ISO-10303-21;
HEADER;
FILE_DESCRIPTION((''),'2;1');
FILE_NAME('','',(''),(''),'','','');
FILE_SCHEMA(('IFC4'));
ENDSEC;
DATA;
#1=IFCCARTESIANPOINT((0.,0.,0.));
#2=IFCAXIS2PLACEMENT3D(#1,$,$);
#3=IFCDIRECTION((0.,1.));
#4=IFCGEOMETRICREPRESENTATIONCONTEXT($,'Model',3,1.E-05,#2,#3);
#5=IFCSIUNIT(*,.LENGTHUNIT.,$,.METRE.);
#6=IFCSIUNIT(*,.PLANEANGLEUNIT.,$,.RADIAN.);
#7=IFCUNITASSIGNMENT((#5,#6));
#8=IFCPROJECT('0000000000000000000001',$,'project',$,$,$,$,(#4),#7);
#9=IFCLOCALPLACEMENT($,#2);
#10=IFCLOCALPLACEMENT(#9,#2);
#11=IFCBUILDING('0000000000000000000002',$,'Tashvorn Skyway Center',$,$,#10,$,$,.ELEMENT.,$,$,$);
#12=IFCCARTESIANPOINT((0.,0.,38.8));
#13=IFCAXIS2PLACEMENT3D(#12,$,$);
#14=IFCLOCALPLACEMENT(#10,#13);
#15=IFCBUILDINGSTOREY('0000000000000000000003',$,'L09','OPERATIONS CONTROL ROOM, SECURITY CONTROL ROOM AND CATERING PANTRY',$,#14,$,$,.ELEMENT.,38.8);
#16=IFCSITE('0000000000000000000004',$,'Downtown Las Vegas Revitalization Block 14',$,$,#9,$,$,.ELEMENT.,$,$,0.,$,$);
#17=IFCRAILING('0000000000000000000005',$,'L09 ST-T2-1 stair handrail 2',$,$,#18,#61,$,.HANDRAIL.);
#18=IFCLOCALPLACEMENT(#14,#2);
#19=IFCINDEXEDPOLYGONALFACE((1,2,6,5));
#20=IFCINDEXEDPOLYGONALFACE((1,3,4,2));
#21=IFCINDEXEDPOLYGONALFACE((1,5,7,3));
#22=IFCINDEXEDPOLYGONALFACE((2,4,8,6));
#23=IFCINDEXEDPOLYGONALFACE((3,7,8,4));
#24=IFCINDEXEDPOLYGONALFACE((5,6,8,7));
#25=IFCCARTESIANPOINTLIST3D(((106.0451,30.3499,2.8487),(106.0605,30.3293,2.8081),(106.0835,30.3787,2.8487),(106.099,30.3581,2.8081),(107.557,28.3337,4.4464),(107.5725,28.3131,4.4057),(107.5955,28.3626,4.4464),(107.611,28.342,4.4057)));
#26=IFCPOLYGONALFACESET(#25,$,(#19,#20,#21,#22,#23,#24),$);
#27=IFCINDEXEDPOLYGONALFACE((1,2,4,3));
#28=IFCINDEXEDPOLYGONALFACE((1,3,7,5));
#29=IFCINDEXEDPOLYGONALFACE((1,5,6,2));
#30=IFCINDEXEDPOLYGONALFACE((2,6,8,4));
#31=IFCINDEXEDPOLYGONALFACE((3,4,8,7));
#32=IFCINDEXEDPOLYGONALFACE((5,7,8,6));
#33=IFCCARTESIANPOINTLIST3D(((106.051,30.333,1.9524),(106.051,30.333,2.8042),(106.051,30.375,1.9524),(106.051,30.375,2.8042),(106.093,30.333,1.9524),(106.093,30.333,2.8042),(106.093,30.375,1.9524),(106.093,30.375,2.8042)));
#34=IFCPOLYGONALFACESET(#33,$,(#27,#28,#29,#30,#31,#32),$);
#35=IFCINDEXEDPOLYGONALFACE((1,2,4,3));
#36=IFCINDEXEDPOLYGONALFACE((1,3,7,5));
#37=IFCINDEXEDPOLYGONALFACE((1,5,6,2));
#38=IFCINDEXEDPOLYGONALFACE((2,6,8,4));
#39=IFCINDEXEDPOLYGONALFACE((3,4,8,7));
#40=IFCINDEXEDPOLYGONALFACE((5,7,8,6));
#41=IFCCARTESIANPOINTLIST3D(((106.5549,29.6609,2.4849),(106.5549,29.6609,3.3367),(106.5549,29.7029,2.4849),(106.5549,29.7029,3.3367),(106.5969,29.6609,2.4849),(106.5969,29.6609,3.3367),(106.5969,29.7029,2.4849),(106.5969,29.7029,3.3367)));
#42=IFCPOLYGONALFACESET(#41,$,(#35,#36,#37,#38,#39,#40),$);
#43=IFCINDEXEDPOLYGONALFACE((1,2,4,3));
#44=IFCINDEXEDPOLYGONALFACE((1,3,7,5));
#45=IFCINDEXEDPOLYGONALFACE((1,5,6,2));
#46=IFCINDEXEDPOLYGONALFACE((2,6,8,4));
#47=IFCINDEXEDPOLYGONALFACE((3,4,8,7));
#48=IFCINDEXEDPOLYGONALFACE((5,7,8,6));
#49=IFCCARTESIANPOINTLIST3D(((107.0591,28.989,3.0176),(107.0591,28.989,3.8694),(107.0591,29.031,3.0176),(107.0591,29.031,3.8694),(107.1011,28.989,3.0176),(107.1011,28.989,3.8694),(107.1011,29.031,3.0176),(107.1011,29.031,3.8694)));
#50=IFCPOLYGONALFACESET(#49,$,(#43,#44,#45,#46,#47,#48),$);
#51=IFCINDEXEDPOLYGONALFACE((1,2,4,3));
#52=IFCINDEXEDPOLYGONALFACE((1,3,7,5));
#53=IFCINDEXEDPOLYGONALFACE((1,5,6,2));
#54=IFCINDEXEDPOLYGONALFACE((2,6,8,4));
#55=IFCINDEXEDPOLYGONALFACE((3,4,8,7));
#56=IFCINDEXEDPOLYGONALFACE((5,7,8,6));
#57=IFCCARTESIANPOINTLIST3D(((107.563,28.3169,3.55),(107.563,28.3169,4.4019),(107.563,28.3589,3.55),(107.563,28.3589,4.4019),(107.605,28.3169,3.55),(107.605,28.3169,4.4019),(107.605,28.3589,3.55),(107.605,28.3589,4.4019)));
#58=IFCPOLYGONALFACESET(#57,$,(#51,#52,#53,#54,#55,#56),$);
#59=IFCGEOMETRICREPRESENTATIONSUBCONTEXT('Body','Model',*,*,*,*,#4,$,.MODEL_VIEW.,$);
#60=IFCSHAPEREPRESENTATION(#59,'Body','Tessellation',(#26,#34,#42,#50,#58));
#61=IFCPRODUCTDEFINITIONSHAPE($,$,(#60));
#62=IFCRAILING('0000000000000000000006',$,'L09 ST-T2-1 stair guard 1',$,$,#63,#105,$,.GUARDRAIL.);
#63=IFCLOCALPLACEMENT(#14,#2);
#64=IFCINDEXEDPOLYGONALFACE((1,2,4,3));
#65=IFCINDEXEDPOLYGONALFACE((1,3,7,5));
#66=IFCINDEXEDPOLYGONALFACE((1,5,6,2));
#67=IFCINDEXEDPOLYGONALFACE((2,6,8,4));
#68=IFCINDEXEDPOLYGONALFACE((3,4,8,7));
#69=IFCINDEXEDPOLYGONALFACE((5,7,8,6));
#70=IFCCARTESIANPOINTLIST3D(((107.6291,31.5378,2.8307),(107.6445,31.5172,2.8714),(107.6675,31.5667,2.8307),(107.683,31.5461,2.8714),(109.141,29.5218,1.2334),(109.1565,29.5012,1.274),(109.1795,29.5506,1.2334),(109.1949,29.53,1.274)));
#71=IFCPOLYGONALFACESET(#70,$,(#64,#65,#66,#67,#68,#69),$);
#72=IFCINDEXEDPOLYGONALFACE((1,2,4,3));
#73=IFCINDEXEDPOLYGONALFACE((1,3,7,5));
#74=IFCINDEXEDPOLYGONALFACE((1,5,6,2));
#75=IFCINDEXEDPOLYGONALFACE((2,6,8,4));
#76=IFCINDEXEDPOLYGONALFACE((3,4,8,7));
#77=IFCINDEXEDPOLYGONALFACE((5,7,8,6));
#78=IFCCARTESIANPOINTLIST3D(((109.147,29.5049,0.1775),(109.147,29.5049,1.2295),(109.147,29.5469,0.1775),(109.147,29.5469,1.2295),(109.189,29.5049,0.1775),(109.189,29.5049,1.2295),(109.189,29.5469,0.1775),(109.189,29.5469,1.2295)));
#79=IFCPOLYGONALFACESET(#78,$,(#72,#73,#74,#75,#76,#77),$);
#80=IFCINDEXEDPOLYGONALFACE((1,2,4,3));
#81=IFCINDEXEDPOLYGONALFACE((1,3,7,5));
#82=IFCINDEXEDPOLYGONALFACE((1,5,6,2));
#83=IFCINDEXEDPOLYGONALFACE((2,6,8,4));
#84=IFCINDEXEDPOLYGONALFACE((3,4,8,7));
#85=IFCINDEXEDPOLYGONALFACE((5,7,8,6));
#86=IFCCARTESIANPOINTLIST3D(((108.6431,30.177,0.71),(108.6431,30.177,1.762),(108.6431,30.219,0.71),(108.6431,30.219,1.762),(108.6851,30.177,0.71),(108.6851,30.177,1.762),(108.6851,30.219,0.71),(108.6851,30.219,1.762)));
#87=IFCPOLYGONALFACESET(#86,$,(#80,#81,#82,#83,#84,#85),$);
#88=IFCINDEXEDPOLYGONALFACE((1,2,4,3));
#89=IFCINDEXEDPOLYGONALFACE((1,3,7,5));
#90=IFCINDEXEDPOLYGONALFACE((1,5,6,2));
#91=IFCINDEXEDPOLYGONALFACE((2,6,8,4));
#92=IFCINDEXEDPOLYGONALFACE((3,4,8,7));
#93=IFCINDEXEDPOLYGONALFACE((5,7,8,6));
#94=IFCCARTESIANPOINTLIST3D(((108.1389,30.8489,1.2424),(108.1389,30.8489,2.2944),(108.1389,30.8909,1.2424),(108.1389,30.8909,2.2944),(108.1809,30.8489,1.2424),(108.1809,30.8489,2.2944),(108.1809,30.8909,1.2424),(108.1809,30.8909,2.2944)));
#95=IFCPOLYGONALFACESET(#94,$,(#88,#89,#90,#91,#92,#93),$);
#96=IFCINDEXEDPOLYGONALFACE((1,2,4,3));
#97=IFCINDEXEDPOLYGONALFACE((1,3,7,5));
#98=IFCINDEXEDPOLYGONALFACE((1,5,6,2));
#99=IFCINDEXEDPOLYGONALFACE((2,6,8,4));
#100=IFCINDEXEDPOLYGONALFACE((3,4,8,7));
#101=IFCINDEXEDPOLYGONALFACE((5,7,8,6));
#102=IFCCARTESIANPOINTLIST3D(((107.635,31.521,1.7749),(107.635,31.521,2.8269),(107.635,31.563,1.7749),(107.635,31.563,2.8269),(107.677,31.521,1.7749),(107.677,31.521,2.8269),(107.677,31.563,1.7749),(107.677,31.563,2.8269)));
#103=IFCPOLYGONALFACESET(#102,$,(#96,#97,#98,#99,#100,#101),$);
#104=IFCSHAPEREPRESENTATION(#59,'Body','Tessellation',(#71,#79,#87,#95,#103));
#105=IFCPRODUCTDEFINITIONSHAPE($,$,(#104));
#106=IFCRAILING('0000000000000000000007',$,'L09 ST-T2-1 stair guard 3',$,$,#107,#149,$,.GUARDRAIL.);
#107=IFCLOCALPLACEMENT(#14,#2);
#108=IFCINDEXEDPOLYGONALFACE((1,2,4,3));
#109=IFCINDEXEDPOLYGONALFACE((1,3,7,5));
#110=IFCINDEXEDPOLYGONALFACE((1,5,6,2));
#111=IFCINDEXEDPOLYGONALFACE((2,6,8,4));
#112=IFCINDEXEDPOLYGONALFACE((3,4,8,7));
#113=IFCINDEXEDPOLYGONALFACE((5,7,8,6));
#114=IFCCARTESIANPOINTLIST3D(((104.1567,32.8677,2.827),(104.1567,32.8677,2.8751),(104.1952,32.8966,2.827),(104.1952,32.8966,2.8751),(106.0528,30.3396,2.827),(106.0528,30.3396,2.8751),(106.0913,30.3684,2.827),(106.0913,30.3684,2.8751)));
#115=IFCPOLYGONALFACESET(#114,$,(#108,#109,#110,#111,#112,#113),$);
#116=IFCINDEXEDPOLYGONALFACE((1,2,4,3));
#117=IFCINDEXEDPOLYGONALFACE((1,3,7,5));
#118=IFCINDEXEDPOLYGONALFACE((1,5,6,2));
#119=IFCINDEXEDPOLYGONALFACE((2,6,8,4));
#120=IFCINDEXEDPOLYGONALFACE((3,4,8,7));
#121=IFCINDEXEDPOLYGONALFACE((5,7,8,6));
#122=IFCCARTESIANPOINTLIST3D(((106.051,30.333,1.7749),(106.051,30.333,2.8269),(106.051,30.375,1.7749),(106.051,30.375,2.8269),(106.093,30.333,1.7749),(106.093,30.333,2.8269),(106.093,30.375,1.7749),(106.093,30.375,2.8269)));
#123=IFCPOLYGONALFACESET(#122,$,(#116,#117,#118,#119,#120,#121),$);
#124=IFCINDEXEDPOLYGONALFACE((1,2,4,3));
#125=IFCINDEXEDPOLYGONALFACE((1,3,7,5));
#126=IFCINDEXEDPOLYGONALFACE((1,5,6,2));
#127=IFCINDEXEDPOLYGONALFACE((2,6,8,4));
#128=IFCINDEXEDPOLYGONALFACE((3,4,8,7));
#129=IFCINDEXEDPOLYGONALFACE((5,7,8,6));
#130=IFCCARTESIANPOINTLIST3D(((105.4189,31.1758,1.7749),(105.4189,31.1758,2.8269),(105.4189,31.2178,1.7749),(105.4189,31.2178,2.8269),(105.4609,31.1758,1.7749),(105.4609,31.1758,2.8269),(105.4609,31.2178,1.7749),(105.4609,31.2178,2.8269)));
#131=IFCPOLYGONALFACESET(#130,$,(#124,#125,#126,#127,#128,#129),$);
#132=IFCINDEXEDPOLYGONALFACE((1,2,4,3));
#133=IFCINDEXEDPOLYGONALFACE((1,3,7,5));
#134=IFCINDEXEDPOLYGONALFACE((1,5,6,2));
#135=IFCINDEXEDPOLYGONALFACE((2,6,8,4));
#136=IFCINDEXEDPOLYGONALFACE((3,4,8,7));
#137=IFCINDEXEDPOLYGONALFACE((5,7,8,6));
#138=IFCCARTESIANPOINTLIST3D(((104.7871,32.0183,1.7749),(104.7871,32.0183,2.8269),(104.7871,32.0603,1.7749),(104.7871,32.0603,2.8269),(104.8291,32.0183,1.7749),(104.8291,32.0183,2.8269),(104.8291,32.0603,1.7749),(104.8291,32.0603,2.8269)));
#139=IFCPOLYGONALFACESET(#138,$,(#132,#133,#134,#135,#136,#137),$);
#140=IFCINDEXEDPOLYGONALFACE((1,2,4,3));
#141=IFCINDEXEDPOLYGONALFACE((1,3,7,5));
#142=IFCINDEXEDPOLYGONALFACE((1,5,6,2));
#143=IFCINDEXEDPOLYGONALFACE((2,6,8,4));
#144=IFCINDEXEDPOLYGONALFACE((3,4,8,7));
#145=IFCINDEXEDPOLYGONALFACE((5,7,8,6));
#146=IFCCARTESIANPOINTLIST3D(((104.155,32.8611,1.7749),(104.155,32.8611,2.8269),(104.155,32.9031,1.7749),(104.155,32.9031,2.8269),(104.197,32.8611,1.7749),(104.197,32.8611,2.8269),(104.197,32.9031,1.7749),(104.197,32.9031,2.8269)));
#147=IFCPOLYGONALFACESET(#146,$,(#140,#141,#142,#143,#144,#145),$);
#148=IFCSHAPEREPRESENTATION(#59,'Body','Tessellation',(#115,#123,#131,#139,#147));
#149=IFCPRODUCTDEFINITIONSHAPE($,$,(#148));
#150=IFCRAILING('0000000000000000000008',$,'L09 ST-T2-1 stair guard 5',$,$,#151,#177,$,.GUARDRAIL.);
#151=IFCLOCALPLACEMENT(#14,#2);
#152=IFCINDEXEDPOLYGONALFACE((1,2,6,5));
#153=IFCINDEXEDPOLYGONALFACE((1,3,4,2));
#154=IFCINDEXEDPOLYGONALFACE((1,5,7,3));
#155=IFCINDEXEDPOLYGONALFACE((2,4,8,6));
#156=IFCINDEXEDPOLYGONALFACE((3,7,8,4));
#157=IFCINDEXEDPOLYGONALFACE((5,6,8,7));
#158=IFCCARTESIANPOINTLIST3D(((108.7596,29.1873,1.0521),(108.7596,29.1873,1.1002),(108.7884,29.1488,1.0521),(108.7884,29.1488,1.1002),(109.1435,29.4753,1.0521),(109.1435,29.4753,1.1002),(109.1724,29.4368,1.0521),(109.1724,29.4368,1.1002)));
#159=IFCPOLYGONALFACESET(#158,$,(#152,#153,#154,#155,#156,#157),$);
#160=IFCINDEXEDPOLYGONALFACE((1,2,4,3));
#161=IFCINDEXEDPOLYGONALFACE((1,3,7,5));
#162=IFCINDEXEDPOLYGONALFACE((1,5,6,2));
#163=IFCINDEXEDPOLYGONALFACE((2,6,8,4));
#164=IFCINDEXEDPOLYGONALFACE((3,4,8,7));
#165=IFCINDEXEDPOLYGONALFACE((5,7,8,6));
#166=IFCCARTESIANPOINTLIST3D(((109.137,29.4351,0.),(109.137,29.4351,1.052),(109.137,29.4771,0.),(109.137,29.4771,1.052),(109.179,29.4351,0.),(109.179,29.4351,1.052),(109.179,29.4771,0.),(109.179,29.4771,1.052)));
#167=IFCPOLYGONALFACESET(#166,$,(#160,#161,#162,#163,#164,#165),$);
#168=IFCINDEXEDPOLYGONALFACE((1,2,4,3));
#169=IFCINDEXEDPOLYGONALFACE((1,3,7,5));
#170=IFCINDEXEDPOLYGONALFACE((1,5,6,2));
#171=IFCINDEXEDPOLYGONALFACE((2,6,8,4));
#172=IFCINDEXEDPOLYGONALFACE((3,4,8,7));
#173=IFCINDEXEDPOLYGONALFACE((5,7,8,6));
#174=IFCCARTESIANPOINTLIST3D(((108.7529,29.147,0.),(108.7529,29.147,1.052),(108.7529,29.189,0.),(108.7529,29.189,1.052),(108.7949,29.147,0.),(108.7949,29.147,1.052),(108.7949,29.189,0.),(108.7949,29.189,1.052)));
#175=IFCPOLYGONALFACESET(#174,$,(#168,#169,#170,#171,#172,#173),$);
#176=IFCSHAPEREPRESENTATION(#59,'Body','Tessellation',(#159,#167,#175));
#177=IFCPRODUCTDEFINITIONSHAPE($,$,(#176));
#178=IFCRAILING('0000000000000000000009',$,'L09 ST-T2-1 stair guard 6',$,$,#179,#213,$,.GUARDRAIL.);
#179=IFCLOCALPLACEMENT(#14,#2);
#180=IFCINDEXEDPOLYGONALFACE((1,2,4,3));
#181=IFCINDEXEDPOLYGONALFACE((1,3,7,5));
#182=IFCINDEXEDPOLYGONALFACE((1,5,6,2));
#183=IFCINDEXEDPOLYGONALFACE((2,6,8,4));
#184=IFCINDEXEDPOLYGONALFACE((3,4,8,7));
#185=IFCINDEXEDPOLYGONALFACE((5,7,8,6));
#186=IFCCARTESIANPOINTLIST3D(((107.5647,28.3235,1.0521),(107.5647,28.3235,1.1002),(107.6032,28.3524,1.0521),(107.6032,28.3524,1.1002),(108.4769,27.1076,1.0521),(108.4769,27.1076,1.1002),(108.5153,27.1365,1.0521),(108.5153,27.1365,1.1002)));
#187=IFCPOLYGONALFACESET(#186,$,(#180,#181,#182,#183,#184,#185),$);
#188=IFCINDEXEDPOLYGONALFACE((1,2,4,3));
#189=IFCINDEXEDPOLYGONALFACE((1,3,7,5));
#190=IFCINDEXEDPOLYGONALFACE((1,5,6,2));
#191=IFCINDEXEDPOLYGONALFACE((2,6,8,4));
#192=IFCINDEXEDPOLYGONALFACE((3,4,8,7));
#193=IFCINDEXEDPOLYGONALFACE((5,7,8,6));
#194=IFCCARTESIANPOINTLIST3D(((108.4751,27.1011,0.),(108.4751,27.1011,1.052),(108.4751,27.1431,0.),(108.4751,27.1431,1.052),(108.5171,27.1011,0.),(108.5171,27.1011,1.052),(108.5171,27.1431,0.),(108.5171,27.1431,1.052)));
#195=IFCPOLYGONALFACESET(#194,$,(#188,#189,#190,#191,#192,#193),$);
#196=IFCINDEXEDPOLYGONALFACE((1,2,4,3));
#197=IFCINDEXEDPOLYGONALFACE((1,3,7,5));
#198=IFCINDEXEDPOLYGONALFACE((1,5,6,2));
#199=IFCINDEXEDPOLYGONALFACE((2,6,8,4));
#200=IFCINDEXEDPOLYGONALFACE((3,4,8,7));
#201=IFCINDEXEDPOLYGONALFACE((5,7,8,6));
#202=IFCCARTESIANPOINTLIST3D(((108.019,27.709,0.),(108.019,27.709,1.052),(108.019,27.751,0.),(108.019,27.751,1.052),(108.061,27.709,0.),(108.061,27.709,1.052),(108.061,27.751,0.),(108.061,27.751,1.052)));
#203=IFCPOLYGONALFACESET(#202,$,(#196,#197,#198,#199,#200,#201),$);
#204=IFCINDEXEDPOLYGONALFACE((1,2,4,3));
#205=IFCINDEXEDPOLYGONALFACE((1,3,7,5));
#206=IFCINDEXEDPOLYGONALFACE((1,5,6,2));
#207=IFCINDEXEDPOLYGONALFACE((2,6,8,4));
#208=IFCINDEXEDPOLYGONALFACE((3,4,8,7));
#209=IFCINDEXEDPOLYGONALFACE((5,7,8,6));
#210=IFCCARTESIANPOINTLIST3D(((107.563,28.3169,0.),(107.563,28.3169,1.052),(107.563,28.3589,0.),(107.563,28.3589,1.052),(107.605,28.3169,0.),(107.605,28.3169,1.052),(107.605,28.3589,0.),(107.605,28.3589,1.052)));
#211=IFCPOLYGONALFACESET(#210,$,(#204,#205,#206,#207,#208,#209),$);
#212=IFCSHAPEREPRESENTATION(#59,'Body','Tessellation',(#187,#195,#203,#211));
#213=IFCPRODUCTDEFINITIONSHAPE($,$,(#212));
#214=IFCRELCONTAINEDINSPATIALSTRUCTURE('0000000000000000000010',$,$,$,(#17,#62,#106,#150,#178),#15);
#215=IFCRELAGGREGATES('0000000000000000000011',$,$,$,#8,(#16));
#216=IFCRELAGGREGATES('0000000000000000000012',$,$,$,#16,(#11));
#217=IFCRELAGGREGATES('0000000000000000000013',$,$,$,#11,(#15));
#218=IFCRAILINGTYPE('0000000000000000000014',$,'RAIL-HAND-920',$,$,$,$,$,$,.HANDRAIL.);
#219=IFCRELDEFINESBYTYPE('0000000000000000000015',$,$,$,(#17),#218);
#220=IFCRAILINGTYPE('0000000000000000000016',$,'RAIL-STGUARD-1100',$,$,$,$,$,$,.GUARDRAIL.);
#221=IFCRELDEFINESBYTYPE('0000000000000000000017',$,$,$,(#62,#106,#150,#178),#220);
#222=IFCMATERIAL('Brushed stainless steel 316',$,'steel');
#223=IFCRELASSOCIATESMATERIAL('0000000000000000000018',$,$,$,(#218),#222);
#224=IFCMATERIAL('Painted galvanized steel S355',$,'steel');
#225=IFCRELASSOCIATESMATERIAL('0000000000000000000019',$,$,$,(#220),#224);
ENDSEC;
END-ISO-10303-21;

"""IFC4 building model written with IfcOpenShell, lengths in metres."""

from ifc_helpers import new_model, si_unit, direction, frame, origin, origin_2d, place, context, subcontext, project, spatial, rectangle, extrude, material, type_object, element, save


model = new_model("IFC4")

# Units and contexts
model_context = context("Model", 3, precision=1e-05, world=origin(), true_north=direction((0.0, 1.0)))
body_context = subcontext(model_context, "Body", "Model", "MODEL_VIEW")
ifc_project = project(units=[si_unit("LENGTHUNIT", "METRE"), si_unit("PLANEANGLEUNIT", "RADIAN")], contexts=[model_context])

# Site, building, storey
site_placement = place(None, origin())
site = spatial("IfcSite", under=ifc_project, at=site_placement, Name="Downtown Las Vegas Revitalization Block 14", CompositionType="ELEMENT", RefElevation=0.0)
building_placement = place(site_placement, origin())
building = spatial("IfcBuilding", under=site, at=building_placement, Name="Tashvorn Skyway Center", CompositionType="ELEMENT")
storey_placement = place(building_placement, frame((0.0, 0.0, 38.8)))
storey = spatial("IfcBuildingStorey", under=building, at=storey_placement, Name="L09", Description="OPERATIONS CONTROL ROOM, SECURITY CONTROL ROOM AND CATERING PANTRY", CompositionType="ELEMENT", Elevation=38.8)

# Railings
ifc_material_1 = material(Name="Brushed stainless steel 316", Category="steel")
railing_type_1 = type_object("IfcRailingType", Name="RAIL-HAND-920", PredefinedType="HANDRAIL", material=ifc_material_1)
railing_1_placement = place(storey_placement, frame((106.072, 30.354, 1.9524)))
element("IfcRailing", 1, at=railing_1_placement, inside=storey, type_object=railing_type_1, Name="L09 ST-T2-1 stair handrail 2", PredefinedType="HANDRAIL", context=body_context, shape_type="SweptSolid", body=[
    extrude(rectangle(XDim=0.0481, YDim=0.0481, at=origin_2d()), frame((0.0, 0.0, 0.876), z_axis=(0.506719, -0.675679, 0.535438), x_axis=(0.800023, 0.599969, 0.0)), (0.0, 0.0, 1.0), 2.9839),
    extrude(rectangle(XDim=0.042, YDim=0.042, at=origin_2d()), origin(), (0.0, 0.0, 1.0), 0.8518),
    extrude(rectangle(XDim=0.042, YDim=0.042, at=origin_2d()), frame((0.5039, -0.6721, 0.5325)), (0.0, 0.0, 1.0), 0.8518),
    extrude(rectangle(XDim=0.042, YDim=0.042, at=origin_2d()), frame((1.0081, -1.344, 1.0652)), (0.0, 0.0, 1.0), 0.8518),
    extrude(rectangle(XDim=0.042, YDim=0.042, at=origin_2d()), frame((1.512, -2.0161, 1.5977)), (0.0, 0.0, 1.0), 0.8518),
])
ifc_material_2 = material(Name="Painted galvanized steel S355", Category="steel")
railing_type_2 = type_object("IfcRailingType", Name="RAIL-STGUARD-1100", PredefinedType="GUARDRAIL", material=ifc_material_2)
railing_2_placement = place(storey_placement, frame((109.168, 29.5259, 0.1775)))
element("IfcRailing", 2, at=railing_2_placement, inside=storey, type_object=railing_type_2, Name="L09 ST-T2-1 stair guard 1", PredefinedType="GUARDRAIL", context=body_context, shape_type="SweptSolid", body=[
    extrude(rectangle(XDim=0.0481, YDim=0.0481, at=origin_2d()), frame((0.0, 0.0, 1.0762), z_axis=(-0.506741, 0.675709, 0.535379), x_axis=(-0.800023, -0.599969, 0.0)), (0.0, 0.0, 1.0), 2.9836),
    extrude(rectangle(XDim=0.042, YDim=0.042, at=origin_2d()), origin(), (0.0, 0.0, 1.0), 1.052),
    extrude(rectangle(XDim=0.042, YDim=0.042, at=origin_2d()), frame((-0.5039, 0.6721, 0.5325)), (0.0, 0.0, 1.0), 1.052),
    extrude(rectangle(XDim=0.042, YDim=0.042, at=origin_2d()), frame((-1.0081, 1.344, 1.0649)), (0.0, 0.0, 1.0), 1.052),
    extrude(rectangle(XDim=0.042, YDim=0.042, at=origin_2d()), frame((-1.512, 2.0161, 1.5974)), (0.0, 0.0, 1.0), 1.052),
])
railing_3_placement = place(storey_placement, frame((106.072, 30.354, 1.7749)))
element("IfcRailing", 3, at=railing_3_placement, inside=storey, type_object=railing_type_2, Name="L09 ST-T2-1 stair guard 3", PredefinedType="GUARDRAIL", context=body_context, shape_type="SweptSolid", body=[
    extrude(rectangle(XDim=0.0481, YDim=0.0481, at=origin_2d()), frame((0.0, 0.0, 1.0762), z_axis=(-0.599988, 0.800009, 0.0), x_axis=(-0.800009, -0.599988, 0.0)), (0.0, 0.0, 1.0), 3.1602),
    extrude(rectangle(XDim=0.042, YDim=0.042, at=origin_2d()), origin(), (0.0, 0.0, 1.0), 1.052),
    extrude(rectangle(XDim=0.042, YDim=0.042, at=origin_2d()), frame((-0.6321, 0.8428, 0.0)), (0.0, 0.0, 1.0), 1.052),
    extrude(rectangle(XDim=0.042, YDim=0.042, at=origin_2d()), frame((-1.2639, 1.6853, 0.0)), (0.0, 0.0, 1.0), 1.052),
    extrude(rectangle(XDim=0.042, YDim=0.042, at=origin_2d()), frame((-1.896, 2.5281, 0.0)), (0.0, 0.0, 1.0), 1.052),
])
railing_4_placement = place(storey_placement, frame((109.158, 29.4561, 0.0)))
element("IfcRailing", 4, at=railing_4_placement, inside=storey, type_object=railing_type_2, Name="L09 ST-T2-1 stair guard 5", PredefinedType="GUARDRAIL", context=body_context, shape_type="SweptSolid", body=[
    extrude(rectangle(XDim=0.0481, YDim=0.0481, at=origin_2d()), frame((0.0, 0.0, 1.0762), z_axis=(-0.799939, -0.600081, 0.0), x_axis=(0.600081, -0.799939, 0.0)), (0.0, 0.0, 1.0), 0.48),
    extrude(rectangle(XDim=0.042, YDim=0.042, at=origin_2d()), origin(), (0.0, 0.0, 1.0), 1.052),
    extrude(rectangle(XDim=0.042, YDim=0.042, at=origin_2d()), frame((-0.384, -0.2881, 0.0)), (0.0, 0.0, 1.0), 1.052),
])
railing_5_placement = place(storey_placement, frame((108.4961, 27.1221, 0.0)))
element("IfcRailing", 5, at=railing_5_placement, inside=storey, type_object=railing_type_2, Name="L09 ST-T2-1 stair guard 6", PredefinedType="GUARDRAIL", context=body_context, shape_type="SweptSolid", body=[
    extrude(rectangle(XDim=0.0481, YDim=0.0481, at=origin_2d()), frame((0.0, 0.0, 1.0762), z_axis=(-0.600103, 0.799923, 0.0), x_axis=(-0.799923, -0.600103, 0.0)), (0.0, 0.0, 1.0), 1.52),
    extrude(rectangle(XDim=0.042, YDim=0.042, at=origin_2d()), origin(), (0.0, 0.0, 1.0), 1.052),
    extrude(rectangle(XDim=0.042, YDim=0.042, at=origin_2d()), frame((-0.4561, 0.6079, 0.0)), (0.0, 0.0, 1.0), 1.052),
    extrude(rectangle(XDim=0.042, YDim=0.042, at=origin_2d()), frame((-0.9121, 1.2158, 0.0)), (0.0, 0.0, 1.0), 1.052),
])

save(model, "model.ifc")
